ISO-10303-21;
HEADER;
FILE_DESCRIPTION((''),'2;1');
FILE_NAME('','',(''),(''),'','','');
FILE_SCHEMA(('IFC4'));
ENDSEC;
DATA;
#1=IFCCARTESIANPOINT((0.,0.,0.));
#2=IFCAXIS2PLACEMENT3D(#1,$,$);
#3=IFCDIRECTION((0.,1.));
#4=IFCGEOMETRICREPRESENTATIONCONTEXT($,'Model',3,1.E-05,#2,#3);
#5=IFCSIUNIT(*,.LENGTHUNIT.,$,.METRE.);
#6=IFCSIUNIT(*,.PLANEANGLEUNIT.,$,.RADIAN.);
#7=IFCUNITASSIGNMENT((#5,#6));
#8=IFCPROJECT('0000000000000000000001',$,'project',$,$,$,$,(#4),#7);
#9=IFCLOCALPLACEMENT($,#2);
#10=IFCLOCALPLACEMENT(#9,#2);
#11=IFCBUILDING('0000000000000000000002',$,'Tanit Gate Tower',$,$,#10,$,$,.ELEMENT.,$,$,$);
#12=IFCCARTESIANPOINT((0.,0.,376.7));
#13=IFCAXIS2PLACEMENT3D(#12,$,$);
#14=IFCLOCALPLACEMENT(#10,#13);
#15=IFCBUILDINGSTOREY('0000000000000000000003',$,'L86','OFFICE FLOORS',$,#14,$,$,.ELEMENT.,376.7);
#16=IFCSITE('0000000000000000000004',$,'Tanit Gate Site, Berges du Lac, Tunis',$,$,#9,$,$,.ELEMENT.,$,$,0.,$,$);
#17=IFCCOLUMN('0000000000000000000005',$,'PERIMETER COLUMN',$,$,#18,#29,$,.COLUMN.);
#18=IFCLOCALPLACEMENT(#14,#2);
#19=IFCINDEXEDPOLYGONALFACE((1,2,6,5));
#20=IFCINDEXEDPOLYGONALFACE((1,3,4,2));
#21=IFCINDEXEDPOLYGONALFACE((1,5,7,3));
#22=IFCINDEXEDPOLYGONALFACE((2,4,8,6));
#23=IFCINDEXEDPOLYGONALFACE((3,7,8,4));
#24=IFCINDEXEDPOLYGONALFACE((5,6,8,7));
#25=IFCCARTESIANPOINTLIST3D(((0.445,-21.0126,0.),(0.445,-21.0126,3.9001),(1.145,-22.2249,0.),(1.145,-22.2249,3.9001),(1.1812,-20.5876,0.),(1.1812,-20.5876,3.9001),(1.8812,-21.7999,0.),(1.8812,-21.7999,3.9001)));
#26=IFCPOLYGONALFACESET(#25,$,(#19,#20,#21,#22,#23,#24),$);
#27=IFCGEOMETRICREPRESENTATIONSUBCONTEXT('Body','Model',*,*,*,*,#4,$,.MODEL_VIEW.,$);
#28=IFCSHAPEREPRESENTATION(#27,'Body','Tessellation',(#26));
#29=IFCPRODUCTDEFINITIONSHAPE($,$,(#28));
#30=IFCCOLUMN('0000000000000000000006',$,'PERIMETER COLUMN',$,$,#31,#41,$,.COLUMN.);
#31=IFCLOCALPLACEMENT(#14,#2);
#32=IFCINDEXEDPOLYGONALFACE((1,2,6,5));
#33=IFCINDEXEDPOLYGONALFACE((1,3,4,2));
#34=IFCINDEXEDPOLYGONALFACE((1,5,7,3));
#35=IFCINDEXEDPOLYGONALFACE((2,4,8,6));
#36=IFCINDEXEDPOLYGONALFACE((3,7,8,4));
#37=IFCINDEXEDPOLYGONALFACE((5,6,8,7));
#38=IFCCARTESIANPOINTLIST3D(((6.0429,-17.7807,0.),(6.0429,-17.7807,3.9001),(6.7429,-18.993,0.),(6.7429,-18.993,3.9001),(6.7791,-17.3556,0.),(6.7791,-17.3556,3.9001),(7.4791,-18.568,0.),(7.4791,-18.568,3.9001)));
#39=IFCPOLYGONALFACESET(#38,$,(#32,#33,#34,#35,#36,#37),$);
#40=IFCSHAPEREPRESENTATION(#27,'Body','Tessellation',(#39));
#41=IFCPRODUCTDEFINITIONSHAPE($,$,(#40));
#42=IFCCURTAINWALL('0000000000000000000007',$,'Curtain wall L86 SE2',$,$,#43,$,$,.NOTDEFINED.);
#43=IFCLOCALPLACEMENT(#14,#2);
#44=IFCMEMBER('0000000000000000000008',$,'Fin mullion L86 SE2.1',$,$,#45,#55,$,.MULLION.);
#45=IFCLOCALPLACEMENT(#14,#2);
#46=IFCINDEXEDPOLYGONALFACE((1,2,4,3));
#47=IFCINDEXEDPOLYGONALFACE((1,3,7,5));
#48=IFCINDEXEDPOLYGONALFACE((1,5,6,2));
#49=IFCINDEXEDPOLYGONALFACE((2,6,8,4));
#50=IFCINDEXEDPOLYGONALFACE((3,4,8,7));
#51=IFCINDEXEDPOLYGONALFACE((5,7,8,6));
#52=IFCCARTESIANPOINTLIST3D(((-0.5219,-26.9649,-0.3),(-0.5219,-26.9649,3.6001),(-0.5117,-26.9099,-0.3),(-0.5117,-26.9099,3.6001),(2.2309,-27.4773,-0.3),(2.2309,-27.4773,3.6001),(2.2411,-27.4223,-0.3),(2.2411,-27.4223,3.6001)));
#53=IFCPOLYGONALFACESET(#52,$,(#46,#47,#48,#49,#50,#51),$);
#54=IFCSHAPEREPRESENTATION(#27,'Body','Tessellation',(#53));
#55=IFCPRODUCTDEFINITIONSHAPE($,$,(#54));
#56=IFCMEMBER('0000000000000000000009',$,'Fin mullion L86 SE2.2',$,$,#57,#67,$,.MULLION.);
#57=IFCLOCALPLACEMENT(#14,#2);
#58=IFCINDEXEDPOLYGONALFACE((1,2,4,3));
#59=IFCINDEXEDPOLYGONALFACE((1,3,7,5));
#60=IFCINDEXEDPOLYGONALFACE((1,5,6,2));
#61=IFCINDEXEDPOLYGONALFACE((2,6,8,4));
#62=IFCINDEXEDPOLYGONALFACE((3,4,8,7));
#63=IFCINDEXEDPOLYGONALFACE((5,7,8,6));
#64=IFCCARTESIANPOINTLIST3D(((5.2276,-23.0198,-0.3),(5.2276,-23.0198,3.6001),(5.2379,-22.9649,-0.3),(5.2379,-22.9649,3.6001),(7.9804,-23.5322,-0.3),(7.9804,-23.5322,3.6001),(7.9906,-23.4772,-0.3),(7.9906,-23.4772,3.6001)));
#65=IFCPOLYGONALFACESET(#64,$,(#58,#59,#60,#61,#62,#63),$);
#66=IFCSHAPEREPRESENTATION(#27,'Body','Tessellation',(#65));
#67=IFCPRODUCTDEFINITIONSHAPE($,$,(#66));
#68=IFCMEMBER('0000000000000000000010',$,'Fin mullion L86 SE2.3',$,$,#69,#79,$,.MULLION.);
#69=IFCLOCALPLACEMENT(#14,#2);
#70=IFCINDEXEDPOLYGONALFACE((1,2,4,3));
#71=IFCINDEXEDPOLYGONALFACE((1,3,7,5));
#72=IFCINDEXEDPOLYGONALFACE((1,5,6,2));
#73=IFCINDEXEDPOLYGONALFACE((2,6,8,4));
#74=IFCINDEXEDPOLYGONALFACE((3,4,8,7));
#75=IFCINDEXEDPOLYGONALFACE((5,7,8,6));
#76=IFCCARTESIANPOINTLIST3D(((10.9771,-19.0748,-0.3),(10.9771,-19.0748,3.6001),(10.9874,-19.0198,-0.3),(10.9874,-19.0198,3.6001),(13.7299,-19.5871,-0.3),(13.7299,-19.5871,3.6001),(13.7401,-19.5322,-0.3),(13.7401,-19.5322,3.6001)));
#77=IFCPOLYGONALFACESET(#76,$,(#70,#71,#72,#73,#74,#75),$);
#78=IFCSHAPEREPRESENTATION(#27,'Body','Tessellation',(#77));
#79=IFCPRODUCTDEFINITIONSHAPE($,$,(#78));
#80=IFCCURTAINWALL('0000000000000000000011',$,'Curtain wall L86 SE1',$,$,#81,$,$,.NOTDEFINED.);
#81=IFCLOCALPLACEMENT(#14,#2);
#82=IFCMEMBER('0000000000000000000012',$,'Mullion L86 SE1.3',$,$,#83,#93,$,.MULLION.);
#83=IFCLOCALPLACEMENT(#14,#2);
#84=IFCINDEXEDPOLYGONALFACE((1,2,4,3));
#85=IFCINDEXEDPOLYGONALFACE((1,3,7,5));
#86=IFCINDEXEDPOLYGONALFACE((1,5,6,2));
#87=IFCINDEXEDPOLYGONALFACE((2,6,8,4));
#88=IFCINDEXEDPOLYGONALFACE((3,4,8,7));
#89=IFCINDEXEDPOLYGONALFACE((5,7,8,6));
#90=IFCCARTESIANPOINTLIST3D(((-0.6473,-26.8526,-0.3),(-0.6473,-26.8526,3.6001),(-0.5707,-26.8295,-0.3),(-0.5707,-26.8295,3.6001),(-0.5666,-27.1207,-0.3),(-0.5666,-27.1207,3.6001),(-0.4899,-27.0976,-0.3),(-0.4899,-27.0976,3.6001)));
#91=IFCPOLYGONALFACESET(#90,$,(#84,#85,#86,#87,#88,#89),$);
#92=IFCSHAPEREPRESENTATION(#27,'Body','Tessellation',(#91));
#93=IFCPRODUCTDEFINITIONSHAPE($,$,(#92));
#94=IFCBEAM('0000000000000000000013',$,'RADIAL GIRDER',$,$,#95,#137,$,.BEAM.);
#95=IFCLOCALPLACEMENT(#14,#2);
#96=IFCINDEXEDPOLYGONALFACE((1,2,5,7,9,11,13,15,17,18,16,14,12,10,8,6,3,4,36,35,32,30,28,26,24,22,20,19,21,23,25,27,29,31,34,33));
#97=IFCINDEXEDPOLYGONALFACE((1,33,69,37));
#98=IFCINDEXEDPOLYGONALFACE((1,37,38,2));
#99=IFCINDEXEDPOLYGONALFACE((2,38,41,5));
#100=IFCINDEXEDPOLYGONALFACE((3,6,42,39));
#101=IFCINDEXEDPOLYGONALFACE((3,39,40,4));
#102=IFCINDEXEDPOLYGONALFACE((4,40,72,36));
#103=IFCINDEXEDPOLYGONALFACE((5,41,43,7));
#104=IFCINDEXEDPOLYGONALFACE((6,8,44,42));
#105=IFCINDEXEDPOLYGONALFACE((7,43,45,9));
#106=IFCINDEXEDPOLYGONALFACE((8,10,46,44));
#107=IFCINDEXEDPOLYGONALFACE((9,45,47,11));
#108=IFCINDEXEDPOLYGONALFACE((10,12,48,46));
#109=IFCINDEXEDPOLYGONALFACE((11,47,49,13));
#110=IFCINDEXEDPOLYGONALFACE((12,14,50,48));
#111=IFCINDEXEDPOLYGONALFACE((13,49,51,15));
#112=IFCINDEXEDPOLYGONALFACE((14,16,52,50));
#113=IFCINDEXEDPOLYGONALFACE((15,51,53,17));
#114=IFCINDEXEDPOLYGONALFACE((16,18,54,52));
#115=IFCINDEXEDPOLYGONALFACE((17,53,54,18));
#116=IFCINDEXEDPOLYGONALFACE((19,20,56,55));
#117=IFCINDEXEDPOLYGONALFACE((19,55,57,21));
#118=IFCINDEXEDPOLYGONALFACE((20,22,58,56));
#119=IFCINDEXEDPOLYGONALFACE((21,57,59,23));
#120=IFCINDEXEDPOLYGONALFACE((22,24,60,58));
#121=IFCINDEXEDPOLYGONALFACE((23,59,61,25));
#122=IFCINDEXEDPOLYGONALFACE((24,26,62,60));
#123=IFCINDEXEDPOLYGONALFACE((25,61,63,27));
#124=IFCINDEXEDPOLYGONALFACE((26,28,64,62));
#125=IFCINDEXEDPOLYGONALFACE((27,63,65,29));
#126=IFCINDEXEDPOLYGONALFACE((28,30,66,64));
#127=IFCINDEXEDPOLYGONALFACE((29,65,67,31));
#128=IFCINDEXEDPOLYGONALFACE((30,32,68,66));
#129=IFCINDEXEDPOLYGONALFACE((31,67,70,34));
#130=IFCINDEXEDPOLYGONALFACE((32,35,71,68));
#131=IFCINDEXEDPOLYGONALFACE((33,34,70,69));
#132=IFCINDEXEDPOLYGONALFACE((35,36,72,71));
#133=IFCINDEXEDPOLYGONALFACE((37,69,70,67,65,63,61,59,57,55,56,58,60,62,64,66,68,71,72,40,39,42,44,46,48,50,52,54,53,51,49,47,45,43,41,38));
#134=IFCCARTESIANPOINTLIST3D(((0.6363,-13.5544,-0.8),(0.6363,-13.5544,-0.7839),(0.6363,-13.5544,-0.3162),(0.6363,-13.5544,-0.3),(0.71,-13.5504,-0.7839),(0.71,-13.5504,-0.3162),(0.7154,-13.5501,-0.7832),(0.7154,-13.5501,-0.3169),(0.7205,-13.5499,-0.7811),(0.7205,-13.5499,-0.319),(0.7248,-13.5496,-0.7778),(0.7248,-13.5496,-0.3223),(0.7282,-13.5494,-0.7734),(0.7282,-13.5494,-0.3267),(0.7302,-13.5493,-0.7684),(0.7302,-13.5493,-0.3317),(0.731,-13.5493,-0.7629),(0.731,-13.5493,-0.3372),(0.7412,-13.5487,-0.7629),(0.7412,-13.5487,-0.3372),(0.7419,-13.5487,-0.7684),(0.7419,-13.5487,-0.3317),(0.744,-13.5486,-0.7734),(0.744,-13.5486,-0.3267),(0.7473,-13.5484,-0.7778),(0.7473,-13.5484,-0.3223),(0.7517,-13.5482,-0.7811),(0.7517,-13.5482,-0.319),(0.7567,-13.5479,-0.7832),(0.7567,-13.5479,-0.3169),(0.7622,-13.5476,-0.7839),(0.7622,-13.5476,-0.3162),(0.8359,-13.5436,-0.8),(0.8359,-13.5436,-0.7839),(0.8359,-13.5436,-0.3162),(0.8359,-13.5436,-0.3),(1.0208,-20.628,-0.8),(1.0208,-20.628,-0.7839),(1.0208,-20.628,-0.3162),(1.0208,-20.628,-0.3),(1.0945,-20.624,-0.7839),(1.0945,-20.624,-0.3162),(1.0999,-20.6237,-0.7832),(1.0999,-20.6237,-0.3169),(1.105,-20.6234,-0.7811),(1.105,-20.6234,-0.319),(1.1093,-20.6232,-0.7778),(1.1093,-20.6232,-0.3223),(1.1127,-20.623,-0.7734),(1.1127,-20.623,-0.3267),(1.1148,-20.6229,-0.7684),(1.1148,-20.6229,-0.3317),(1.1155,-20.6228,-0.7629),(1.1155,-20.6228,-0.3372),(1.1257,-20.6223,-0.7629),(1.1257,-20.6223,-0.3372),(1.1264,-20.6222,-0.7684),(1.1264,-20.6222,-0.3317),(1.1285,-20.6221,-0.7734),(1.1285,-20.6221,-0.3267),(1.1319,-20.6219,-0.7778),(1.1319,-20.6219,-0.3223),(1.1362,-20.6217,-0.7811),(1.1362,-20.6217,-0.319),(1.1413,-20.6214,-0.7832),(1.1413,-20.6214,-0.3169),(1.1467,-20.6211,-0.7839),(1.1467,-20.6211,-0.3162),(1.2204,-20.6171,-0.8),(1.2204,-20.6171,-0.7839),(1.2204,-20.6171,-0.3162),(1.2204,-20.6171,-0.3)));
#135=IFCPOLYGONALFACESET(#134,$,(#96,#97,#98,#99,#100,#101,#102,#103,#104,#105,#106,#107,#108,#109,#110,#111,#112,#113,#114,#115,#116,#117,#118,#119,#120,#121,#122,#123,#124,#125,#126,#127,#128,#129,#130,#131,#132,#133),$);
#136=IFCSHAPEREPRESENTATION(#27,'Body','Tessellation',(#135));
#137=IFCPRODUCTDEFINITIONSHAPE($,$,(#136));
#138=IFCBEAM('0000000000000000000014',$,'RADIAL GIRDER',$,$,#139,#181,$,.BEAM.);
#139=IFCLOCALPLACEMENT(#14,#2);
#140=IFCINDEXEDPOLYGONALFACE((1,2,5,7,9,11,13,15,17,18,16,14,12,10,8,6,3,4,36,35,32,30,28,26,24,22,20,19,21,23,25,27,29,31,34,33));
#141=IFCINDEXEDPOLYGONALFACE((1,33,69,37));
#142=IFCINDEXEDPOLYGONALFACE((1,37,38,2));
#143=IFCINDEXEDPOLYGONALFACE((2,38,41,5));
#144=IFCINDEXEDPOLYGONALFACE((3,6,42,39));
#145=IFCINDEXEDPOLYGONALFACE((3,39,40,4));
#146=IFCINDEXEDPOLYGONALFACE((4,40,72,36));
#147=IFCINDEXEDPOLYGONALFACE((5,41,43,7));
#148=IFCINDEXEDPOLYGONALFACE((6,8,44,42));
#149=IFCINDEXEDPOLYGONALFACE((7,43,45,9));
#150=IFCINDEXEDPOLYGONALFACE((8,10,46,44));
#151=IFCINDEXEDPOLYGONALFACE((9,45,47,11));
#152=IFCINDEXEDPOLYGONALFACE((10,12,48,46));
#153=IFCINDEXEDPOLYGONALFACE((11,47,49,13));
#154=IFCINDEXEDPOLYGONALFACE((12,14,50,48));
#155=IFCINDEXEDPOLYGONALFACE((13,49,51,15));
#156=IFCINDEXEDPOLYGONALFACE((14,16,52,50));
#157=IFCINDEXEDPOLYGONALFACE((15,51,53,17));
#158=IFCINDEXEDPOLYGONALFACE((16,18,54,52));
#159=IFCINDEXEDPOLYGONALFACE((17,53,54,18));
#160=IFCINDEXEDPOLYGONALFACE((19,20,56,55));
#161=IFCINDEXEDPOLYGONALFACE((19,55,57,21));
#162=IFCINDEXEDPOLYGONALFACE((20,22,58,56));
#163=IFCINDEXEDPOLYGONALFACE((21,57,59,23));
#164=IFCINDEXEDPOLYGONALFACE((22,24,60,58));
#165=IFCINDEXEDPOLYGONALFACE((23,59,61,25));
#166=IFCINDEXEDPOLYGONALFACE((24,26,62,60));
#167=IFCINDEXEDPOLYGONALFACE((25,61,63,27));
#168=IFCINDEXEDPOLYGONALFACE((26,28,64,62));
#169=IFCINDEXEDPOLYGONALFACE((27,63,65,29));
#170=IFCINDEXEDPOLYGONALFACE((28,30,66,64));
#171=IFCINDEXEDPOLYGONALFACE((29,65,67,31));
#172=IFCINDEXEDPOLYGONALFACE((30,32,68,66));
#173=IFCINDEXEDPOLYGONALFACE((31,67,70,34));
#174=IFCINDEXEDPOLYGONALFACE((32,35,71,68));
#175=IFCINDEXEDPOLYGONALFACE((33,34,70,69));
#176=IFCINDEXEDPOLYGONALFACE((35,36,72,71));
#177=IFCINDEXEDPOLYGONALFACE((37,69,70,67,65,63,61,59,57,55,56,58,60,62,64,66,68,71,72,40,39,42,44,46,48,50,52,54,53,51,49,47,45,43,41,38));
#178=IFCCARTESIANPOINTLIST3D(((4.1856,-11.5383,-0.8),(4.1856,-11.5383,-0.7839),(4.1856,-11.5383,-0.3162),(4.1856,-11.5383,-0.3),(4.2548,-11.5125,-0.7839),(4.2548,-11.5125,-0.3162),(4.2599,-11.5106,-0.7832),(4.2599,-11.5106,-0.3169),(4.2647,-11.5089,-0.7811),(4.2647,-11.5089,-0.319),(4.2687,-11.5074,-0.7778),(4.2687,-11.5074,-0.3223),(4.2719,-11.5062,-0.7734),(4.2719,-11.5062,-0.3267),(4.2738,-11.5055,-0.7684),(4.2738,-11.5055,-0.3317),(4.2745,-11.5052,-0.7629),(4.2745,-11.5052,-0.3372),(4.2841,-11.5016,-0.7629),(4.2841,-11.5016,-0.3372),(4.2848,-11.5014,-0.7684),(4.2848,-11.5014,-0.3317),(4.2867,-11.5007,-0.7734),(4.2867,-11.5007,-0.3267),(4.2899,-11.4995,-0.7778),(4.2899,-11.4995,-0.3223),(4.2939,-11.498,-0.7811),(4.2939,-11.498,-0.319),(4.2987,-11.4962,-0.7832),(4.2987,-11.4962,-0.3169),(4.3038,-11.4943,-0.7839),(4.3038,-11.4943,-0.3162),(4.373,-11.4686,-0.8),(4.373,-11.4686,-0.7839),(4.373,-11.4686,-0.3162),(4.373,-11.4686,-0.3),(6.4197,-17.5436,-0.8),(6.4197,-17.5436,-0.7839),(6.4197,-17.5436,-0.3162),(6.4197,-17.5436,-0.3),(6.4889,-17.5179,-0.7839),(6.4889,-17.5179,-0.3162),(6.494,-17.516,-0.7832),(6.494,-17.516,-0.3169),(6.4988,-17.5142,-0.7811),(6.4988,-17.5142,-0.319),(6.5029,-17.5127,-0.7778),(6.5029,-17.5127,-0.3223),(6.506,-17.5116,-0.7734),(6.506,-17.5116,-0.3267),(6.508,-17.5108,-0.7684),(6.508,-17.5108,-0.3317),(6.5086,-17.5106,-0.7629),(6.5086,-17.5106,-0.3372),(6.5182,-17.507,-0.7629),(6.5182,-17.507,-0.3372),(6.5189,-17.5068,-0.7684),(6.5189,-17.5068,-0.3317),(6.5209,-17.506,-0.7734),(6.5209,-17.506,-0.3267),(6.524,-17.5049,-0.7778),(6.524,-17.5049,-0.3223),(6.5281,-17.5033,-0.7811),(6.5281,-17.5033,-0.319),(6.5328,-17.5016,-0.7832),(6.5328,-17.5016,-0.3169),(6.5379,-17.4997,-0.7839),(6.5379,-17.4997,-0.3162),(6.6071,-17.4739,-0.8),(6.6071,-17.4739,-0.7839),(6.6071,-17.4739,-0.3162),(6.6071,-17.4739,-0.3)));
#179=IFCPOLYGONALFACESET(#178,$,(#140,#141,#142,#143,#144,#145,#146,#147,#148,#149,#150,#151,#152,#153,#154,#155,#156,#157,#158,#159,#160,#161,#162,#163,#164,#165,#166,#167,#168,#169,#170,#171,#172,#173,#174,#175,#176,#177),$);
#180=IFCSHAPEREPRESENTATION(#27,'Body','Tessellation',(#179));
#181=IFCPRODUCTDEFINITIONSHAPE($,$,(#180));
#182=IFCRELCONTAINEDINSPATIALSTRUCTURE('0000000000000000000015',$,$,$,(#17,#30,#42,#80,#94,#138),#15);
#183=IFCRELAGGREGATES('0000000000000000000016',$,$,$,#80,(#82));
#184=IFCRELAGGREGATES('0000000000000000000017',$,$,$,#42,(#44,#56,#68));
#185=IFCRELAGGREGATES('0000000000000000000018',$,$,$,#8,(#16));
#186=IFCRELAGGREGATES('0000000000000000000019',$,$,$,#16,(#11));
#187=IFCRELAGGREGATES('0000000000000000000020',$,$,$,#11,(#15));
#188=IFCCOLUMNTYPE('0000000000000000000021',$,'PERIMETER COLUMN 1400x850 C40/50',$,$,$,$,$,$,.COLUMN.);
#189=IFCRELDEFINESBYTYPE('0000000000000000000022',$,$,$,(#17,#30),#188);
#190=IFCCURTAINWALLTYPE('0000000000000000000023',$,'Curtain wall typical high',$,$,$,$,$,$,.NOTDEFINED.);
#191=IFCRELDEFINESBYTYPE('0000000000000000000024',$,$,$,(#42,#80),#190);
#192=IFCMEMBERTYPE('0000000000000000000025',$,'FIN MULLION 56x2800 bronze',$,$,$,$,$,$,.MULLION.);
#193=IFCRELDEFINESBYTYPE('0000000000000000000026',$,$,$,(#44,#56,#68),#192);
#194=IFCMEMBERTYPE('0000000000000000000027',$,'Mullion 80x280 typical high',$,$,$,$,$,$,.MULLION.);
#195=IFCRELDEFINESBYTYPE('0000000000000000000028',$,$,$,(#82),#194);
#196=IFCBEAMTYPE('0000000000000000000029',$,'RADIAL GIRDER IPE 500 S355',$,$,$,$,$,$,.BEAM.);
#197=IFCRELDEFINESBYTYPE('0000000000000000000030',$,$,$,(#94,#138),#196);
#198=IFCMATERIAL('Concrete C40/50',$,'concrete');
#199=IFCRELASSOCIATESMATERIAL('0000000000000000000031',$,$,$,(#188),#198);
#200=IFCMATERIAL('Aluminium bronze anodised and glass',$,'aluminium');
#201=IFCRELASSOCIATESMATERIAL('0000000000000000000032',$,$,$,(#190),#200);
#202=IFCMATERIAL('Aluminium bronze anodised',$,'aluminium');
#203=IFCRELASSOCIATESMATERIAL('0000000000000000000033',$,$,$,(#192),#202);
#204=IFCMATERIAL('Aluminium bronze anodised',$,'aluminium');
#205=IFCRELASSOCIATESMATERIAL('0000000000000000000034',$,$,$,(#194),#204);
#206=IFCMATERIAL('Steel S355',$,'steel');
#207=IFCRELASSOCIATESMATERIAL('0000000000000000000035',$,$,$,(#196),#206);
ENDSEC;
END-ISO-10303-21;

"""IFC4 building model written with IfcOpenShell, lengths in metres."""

from ifc_helpers import new_model, si_unit, direction, frame, origin, origin_2d, place, context, subcontext, project, spatial, rectangle, i_section, extrude, material, material_profile, profile_set, type_object, element, aggregate, save


model = new_model("IFC4")

# Units and contexts
model_context = context("Model", 3, precision=1e-05, world=origin(), true_north=direction((0.0, 1.0)))
body_context = subcontext(model_context, "Body", "Model", "MODEL_VIEW")
ifc_project = project(units=[si_unit("LENGTHUNIT", "METRE"), si_unit("PLANEANGLEUNIT", "RADIAN")], contexts=[model_context])

# Site, building, storey
site_placement = place(None, origin())
site = spatial("IfcSite", under=ifc_project, at=site_placement, Name="Tanit Gate Site, Berges du Lac, Tunis", CompositionType="ELEMENT", RefElevation=0.0)
building_placement = place(site_placement, origin())
building = spatial("IfcBuilding", under=site, at=building_placement, Name="Tanit Gate Tower", CompositionType="ELEMENT")
storey_placement = place(building_placement, frame((0.0, 0.0, 376.7)))
storey = spatial("IfcBuildingStorey", under=building, at=storey_placement, Name="L86", Description="OFFICE FLOORS", CompositionType="ELEMENT", Elevation=376.7)

# Columns
ifc_material_1 = material(Name="Concrete C40/50", Category="concrete")
ifc_material_profile_1 = material_profile(ifc_material_1, rectangle(XDim=1.3999, YDim=0.8501, at=origin_2d()), Name="RC 1400x850")
ifc_profile_set_1 = profile_set([ifc_material_profile_1], Name="Concrete C40/50")
column_type = type_object("IfcColumnType", Name="PERIMETER COLUMN 1400x850 C40/50", PredefinedType="COLUMN", material=ifc_profile_set_1)
for number, where, z_axis, x_axis, name in (
    (1, (1.1631, -21.4062, 0.0), (0.0, 0.0, 1.0), (0.5, -0.866025, 0.0), "PERIMETER COLUMN"),
    (2, (6.761, -18.1743, 0.0), (0.0, 0.0, 1.0), (0.5, -0.866025, 0.0), "PERIMETER COLUMN"),
):
    element("IfcColumn", number, at=place(storey_placement, frame(where, z_axis=z_axis, x_axis=x_axis)), inside=storey, type_object=column_type, Name=name, PredefinedType="COLUMN", context=body_context, shape_type="SweptSolid", body=[
        extrude(rectangle(XDim=1.3999, YDim=0.8501, at=origin_2d()), origin(), (0.0, 0.0, 1.0), 3.9001),
    ])

# Curtain wall, members
ifc_material_2 = material(Name="Aluminium bronze anodised and glass", Category="aluminium")
curtain_wall_type = type_object("IfcCurtainWallType", Name="Curtain wall typical high", PredefinedType="NOTDEFINED", material=ifc_material_2)
curtain_wall_1_placement = place(storey_placement, origin())
curtain_wall_1 = element("IfcCurtainWall", 3, at=curtain_wall_1_placement, inside=storey, type_object=curtain_wall_type, Name="Curtain wall L86 SE2", PredefinedType="NOTDEFINED")
ifc_material_3 = material(Name="Aluminium bronze anodised", Category="aluminium")
ifc_material_profile_2 = material_profile(ifc_material_3, rectangle(XDim=2.8, YDim=0.0559, at=origin_2d()), Name="56x2800 bronze fin mullion")
ifc_profile_set_2 = profile_set([ifc_material_profile_2], Name="Aluminium bronze anodised")
member_type_1 = type_object("IfcMemberType", Name="FIN MULLION 56x2800 bronze", PredefinedType="MULLION", material=ifc_profile_set_2)
member_1_placement = place(storey_placement, frame((0.8596, -27.1936, -0.3), z_axis=(0.0, 0.0, 1.0), x_axis=(-0.983116, 0.182983, 0.0)))
member_1 = element("IfcMember", 4, at=member_1_placement, type_object=member_type_1, Name="Fin mullion L86 SE2.1", PredefinedType="MULLION", context=body_context, shape_type="SweptSolid", body=[
    extrude(rectangle(XDim=2.8, YDim=0.0559, at=origin_2d()), origin(), (0.0, 0.0, 1.0), 3.9001),
])
member_2_placement = place(storey_placement, frame((6.6091, -23.2485, -0.3), z_axis=(0.0, 0.0, 1.0), x_axis=(-0.983116, 0.182983, 0.0)))
member_2 = element("IfcMember", 5, at=member_2_placement, type_object=member_type_1, Name="Fin mullion L86 SE2.2", PredefinedType="MULLION", context=body_context, shape_type="SweptSolid", body=[
    extrude(rectangle(XDim=2.8, YDim=0.0559, at=origin_2d()), origin(), (0.0, 0.0, 1.0), 3.9001),
])
member_3_placement = place(storey_placement, frame((12.3586, -19.3035, -0.3), z_axis=(0.0, 0.0, 1.0), x_axis=(-0.983116, 0.182983, 0.0)))
member_3 = element("IfcMember", 6, at=member_3_placement, type_object=member_type_1, Name="Fin mullion L86 SE2.3", PredefinedType="MULLION", context=body_context, shape_type="SweptSolid", body=[
    extrude(rectangle(XDim=2.8, YDim=0.0559, at=origin_2d()), origin(), (0.0, 0.0, 1.0), 3.9001),
])

# Curtain wall, member
curtain_wall_2_placement = place(storey_placement, origin())
curtain_wall_2 = element("IfcCurtainWall", 7, at=curtain_wall_2_placement, inside=storey, type_object=curtain_wall_type, Name="Curtain wall L86 SE1", PredefinedType="NOTDEFINED")
ifc_material_4 = material(Name="Aluminium bronze anodised", Category="aluminium")
ifc_material_profile_3 = material_profile(ifc_material_4, rectangle(XDim=0.28, YDim=0.0801, at=origin_2d()), Name="80x280 bronze mullion")
ifc_profile_set_3 = profile_set([ifc_material_profile_3], Name="Aluminium bronze anodised")
member_type_2 = type_object("IfcMemberType", Name="Mullion 80x280 typical high", PredefinedType="MULLION", material=ifc_profile_set_3)
member_4_placement = place(storey_placement, frame((-0.5686, -26.9751, -0.3), z_axis=(0.0, 0.0, 1.0), x_axis=(-0.288456, 0.957493, 0.0)))
member_4 = element("IfcMember", 8, at=member_4_placement, type_object=member_type_2, Name="Mullion L86 SE1.3", PredefinedType="MULLION", context=body_context, shape_type="SweptSolid", body=[
    extrude(rectangle(XDim=0.28, YDim=0.0801, at=origin_2d()), origin(), (0.0, 0.0, 1.0), 3.9001),
])
aggregate(curtain_wall_2, [member_4])

# Beams
ifc_material_5 = material(Name="Steel S355", Category="steel")
ifc_material_profile_4 = material_profile(ifc_material_5, i_section(OverallWidth=0.2, OverallDepth=0.5, WebThickness=0.0103, FlangeThickness=0.0161, FilletRadius=0.021, at=origin_2d()), Name="IPE 500")
ifc_profile_set_4 = profile_set([ifc_material_profile_4], Name="Steel S355")
beam_type = type_object("IfcBeamType", Name="RADIAL GIRDER IPE 500 S355", PredefinedType="BEAM", material=ifc_profile_set_4)
beam_1_placement = place(storey_placement, frame((1.1206, -20.6226, -0.55), z_axis=(-0.054281, 0.998526, 0.0), x_axis=(-0.998526, -0.054281, 0.0)))
element("IfcBeam", 9, at=beam_1_placement, inside=storey, type_object=beam_type, Name="RADIAL GIRDER", PredefinedType="BEAM", context=body_context, shape_type="SweptSolid", body=[
    extrude(i_section(OverallWidth=0.2, OverallDepth=0.5, WebThickness=0.0103, FlangeThickness=0.0161, FilletRadius=0.021, at=origin_2d()), origin(), (0.0, 0.0, 1.0), 7.084),
])
beam_2_placement = place(storey_placement, frame((6.5134, -17.5088, -0.55), z_axis=(-0.348675, 0.937244, 0.0), x_axis=(-0.937244, -0.348675, 0.0)))
element("IfcBeam", 10, at=beam_2_placement, inside=storey, type_object=beam_type, Name="RADIAL GIRDER", PredefinedType="BEAM", context=body_context, shape_type="SweptSolid", body=[
    extrude(i_section(OverallWidth=0.2, OverallDepth=0.5, WebThickness=0.0103, FlangeThickness=0.0161, FilletRadius=0.021, at=origin_2d()), origin(), (0.0, 0.0, 1.0), 6.4075),
])

aggregate(curtain_wall_1, [member_1, member_2, member_3])

save(model, "model.ifc")
